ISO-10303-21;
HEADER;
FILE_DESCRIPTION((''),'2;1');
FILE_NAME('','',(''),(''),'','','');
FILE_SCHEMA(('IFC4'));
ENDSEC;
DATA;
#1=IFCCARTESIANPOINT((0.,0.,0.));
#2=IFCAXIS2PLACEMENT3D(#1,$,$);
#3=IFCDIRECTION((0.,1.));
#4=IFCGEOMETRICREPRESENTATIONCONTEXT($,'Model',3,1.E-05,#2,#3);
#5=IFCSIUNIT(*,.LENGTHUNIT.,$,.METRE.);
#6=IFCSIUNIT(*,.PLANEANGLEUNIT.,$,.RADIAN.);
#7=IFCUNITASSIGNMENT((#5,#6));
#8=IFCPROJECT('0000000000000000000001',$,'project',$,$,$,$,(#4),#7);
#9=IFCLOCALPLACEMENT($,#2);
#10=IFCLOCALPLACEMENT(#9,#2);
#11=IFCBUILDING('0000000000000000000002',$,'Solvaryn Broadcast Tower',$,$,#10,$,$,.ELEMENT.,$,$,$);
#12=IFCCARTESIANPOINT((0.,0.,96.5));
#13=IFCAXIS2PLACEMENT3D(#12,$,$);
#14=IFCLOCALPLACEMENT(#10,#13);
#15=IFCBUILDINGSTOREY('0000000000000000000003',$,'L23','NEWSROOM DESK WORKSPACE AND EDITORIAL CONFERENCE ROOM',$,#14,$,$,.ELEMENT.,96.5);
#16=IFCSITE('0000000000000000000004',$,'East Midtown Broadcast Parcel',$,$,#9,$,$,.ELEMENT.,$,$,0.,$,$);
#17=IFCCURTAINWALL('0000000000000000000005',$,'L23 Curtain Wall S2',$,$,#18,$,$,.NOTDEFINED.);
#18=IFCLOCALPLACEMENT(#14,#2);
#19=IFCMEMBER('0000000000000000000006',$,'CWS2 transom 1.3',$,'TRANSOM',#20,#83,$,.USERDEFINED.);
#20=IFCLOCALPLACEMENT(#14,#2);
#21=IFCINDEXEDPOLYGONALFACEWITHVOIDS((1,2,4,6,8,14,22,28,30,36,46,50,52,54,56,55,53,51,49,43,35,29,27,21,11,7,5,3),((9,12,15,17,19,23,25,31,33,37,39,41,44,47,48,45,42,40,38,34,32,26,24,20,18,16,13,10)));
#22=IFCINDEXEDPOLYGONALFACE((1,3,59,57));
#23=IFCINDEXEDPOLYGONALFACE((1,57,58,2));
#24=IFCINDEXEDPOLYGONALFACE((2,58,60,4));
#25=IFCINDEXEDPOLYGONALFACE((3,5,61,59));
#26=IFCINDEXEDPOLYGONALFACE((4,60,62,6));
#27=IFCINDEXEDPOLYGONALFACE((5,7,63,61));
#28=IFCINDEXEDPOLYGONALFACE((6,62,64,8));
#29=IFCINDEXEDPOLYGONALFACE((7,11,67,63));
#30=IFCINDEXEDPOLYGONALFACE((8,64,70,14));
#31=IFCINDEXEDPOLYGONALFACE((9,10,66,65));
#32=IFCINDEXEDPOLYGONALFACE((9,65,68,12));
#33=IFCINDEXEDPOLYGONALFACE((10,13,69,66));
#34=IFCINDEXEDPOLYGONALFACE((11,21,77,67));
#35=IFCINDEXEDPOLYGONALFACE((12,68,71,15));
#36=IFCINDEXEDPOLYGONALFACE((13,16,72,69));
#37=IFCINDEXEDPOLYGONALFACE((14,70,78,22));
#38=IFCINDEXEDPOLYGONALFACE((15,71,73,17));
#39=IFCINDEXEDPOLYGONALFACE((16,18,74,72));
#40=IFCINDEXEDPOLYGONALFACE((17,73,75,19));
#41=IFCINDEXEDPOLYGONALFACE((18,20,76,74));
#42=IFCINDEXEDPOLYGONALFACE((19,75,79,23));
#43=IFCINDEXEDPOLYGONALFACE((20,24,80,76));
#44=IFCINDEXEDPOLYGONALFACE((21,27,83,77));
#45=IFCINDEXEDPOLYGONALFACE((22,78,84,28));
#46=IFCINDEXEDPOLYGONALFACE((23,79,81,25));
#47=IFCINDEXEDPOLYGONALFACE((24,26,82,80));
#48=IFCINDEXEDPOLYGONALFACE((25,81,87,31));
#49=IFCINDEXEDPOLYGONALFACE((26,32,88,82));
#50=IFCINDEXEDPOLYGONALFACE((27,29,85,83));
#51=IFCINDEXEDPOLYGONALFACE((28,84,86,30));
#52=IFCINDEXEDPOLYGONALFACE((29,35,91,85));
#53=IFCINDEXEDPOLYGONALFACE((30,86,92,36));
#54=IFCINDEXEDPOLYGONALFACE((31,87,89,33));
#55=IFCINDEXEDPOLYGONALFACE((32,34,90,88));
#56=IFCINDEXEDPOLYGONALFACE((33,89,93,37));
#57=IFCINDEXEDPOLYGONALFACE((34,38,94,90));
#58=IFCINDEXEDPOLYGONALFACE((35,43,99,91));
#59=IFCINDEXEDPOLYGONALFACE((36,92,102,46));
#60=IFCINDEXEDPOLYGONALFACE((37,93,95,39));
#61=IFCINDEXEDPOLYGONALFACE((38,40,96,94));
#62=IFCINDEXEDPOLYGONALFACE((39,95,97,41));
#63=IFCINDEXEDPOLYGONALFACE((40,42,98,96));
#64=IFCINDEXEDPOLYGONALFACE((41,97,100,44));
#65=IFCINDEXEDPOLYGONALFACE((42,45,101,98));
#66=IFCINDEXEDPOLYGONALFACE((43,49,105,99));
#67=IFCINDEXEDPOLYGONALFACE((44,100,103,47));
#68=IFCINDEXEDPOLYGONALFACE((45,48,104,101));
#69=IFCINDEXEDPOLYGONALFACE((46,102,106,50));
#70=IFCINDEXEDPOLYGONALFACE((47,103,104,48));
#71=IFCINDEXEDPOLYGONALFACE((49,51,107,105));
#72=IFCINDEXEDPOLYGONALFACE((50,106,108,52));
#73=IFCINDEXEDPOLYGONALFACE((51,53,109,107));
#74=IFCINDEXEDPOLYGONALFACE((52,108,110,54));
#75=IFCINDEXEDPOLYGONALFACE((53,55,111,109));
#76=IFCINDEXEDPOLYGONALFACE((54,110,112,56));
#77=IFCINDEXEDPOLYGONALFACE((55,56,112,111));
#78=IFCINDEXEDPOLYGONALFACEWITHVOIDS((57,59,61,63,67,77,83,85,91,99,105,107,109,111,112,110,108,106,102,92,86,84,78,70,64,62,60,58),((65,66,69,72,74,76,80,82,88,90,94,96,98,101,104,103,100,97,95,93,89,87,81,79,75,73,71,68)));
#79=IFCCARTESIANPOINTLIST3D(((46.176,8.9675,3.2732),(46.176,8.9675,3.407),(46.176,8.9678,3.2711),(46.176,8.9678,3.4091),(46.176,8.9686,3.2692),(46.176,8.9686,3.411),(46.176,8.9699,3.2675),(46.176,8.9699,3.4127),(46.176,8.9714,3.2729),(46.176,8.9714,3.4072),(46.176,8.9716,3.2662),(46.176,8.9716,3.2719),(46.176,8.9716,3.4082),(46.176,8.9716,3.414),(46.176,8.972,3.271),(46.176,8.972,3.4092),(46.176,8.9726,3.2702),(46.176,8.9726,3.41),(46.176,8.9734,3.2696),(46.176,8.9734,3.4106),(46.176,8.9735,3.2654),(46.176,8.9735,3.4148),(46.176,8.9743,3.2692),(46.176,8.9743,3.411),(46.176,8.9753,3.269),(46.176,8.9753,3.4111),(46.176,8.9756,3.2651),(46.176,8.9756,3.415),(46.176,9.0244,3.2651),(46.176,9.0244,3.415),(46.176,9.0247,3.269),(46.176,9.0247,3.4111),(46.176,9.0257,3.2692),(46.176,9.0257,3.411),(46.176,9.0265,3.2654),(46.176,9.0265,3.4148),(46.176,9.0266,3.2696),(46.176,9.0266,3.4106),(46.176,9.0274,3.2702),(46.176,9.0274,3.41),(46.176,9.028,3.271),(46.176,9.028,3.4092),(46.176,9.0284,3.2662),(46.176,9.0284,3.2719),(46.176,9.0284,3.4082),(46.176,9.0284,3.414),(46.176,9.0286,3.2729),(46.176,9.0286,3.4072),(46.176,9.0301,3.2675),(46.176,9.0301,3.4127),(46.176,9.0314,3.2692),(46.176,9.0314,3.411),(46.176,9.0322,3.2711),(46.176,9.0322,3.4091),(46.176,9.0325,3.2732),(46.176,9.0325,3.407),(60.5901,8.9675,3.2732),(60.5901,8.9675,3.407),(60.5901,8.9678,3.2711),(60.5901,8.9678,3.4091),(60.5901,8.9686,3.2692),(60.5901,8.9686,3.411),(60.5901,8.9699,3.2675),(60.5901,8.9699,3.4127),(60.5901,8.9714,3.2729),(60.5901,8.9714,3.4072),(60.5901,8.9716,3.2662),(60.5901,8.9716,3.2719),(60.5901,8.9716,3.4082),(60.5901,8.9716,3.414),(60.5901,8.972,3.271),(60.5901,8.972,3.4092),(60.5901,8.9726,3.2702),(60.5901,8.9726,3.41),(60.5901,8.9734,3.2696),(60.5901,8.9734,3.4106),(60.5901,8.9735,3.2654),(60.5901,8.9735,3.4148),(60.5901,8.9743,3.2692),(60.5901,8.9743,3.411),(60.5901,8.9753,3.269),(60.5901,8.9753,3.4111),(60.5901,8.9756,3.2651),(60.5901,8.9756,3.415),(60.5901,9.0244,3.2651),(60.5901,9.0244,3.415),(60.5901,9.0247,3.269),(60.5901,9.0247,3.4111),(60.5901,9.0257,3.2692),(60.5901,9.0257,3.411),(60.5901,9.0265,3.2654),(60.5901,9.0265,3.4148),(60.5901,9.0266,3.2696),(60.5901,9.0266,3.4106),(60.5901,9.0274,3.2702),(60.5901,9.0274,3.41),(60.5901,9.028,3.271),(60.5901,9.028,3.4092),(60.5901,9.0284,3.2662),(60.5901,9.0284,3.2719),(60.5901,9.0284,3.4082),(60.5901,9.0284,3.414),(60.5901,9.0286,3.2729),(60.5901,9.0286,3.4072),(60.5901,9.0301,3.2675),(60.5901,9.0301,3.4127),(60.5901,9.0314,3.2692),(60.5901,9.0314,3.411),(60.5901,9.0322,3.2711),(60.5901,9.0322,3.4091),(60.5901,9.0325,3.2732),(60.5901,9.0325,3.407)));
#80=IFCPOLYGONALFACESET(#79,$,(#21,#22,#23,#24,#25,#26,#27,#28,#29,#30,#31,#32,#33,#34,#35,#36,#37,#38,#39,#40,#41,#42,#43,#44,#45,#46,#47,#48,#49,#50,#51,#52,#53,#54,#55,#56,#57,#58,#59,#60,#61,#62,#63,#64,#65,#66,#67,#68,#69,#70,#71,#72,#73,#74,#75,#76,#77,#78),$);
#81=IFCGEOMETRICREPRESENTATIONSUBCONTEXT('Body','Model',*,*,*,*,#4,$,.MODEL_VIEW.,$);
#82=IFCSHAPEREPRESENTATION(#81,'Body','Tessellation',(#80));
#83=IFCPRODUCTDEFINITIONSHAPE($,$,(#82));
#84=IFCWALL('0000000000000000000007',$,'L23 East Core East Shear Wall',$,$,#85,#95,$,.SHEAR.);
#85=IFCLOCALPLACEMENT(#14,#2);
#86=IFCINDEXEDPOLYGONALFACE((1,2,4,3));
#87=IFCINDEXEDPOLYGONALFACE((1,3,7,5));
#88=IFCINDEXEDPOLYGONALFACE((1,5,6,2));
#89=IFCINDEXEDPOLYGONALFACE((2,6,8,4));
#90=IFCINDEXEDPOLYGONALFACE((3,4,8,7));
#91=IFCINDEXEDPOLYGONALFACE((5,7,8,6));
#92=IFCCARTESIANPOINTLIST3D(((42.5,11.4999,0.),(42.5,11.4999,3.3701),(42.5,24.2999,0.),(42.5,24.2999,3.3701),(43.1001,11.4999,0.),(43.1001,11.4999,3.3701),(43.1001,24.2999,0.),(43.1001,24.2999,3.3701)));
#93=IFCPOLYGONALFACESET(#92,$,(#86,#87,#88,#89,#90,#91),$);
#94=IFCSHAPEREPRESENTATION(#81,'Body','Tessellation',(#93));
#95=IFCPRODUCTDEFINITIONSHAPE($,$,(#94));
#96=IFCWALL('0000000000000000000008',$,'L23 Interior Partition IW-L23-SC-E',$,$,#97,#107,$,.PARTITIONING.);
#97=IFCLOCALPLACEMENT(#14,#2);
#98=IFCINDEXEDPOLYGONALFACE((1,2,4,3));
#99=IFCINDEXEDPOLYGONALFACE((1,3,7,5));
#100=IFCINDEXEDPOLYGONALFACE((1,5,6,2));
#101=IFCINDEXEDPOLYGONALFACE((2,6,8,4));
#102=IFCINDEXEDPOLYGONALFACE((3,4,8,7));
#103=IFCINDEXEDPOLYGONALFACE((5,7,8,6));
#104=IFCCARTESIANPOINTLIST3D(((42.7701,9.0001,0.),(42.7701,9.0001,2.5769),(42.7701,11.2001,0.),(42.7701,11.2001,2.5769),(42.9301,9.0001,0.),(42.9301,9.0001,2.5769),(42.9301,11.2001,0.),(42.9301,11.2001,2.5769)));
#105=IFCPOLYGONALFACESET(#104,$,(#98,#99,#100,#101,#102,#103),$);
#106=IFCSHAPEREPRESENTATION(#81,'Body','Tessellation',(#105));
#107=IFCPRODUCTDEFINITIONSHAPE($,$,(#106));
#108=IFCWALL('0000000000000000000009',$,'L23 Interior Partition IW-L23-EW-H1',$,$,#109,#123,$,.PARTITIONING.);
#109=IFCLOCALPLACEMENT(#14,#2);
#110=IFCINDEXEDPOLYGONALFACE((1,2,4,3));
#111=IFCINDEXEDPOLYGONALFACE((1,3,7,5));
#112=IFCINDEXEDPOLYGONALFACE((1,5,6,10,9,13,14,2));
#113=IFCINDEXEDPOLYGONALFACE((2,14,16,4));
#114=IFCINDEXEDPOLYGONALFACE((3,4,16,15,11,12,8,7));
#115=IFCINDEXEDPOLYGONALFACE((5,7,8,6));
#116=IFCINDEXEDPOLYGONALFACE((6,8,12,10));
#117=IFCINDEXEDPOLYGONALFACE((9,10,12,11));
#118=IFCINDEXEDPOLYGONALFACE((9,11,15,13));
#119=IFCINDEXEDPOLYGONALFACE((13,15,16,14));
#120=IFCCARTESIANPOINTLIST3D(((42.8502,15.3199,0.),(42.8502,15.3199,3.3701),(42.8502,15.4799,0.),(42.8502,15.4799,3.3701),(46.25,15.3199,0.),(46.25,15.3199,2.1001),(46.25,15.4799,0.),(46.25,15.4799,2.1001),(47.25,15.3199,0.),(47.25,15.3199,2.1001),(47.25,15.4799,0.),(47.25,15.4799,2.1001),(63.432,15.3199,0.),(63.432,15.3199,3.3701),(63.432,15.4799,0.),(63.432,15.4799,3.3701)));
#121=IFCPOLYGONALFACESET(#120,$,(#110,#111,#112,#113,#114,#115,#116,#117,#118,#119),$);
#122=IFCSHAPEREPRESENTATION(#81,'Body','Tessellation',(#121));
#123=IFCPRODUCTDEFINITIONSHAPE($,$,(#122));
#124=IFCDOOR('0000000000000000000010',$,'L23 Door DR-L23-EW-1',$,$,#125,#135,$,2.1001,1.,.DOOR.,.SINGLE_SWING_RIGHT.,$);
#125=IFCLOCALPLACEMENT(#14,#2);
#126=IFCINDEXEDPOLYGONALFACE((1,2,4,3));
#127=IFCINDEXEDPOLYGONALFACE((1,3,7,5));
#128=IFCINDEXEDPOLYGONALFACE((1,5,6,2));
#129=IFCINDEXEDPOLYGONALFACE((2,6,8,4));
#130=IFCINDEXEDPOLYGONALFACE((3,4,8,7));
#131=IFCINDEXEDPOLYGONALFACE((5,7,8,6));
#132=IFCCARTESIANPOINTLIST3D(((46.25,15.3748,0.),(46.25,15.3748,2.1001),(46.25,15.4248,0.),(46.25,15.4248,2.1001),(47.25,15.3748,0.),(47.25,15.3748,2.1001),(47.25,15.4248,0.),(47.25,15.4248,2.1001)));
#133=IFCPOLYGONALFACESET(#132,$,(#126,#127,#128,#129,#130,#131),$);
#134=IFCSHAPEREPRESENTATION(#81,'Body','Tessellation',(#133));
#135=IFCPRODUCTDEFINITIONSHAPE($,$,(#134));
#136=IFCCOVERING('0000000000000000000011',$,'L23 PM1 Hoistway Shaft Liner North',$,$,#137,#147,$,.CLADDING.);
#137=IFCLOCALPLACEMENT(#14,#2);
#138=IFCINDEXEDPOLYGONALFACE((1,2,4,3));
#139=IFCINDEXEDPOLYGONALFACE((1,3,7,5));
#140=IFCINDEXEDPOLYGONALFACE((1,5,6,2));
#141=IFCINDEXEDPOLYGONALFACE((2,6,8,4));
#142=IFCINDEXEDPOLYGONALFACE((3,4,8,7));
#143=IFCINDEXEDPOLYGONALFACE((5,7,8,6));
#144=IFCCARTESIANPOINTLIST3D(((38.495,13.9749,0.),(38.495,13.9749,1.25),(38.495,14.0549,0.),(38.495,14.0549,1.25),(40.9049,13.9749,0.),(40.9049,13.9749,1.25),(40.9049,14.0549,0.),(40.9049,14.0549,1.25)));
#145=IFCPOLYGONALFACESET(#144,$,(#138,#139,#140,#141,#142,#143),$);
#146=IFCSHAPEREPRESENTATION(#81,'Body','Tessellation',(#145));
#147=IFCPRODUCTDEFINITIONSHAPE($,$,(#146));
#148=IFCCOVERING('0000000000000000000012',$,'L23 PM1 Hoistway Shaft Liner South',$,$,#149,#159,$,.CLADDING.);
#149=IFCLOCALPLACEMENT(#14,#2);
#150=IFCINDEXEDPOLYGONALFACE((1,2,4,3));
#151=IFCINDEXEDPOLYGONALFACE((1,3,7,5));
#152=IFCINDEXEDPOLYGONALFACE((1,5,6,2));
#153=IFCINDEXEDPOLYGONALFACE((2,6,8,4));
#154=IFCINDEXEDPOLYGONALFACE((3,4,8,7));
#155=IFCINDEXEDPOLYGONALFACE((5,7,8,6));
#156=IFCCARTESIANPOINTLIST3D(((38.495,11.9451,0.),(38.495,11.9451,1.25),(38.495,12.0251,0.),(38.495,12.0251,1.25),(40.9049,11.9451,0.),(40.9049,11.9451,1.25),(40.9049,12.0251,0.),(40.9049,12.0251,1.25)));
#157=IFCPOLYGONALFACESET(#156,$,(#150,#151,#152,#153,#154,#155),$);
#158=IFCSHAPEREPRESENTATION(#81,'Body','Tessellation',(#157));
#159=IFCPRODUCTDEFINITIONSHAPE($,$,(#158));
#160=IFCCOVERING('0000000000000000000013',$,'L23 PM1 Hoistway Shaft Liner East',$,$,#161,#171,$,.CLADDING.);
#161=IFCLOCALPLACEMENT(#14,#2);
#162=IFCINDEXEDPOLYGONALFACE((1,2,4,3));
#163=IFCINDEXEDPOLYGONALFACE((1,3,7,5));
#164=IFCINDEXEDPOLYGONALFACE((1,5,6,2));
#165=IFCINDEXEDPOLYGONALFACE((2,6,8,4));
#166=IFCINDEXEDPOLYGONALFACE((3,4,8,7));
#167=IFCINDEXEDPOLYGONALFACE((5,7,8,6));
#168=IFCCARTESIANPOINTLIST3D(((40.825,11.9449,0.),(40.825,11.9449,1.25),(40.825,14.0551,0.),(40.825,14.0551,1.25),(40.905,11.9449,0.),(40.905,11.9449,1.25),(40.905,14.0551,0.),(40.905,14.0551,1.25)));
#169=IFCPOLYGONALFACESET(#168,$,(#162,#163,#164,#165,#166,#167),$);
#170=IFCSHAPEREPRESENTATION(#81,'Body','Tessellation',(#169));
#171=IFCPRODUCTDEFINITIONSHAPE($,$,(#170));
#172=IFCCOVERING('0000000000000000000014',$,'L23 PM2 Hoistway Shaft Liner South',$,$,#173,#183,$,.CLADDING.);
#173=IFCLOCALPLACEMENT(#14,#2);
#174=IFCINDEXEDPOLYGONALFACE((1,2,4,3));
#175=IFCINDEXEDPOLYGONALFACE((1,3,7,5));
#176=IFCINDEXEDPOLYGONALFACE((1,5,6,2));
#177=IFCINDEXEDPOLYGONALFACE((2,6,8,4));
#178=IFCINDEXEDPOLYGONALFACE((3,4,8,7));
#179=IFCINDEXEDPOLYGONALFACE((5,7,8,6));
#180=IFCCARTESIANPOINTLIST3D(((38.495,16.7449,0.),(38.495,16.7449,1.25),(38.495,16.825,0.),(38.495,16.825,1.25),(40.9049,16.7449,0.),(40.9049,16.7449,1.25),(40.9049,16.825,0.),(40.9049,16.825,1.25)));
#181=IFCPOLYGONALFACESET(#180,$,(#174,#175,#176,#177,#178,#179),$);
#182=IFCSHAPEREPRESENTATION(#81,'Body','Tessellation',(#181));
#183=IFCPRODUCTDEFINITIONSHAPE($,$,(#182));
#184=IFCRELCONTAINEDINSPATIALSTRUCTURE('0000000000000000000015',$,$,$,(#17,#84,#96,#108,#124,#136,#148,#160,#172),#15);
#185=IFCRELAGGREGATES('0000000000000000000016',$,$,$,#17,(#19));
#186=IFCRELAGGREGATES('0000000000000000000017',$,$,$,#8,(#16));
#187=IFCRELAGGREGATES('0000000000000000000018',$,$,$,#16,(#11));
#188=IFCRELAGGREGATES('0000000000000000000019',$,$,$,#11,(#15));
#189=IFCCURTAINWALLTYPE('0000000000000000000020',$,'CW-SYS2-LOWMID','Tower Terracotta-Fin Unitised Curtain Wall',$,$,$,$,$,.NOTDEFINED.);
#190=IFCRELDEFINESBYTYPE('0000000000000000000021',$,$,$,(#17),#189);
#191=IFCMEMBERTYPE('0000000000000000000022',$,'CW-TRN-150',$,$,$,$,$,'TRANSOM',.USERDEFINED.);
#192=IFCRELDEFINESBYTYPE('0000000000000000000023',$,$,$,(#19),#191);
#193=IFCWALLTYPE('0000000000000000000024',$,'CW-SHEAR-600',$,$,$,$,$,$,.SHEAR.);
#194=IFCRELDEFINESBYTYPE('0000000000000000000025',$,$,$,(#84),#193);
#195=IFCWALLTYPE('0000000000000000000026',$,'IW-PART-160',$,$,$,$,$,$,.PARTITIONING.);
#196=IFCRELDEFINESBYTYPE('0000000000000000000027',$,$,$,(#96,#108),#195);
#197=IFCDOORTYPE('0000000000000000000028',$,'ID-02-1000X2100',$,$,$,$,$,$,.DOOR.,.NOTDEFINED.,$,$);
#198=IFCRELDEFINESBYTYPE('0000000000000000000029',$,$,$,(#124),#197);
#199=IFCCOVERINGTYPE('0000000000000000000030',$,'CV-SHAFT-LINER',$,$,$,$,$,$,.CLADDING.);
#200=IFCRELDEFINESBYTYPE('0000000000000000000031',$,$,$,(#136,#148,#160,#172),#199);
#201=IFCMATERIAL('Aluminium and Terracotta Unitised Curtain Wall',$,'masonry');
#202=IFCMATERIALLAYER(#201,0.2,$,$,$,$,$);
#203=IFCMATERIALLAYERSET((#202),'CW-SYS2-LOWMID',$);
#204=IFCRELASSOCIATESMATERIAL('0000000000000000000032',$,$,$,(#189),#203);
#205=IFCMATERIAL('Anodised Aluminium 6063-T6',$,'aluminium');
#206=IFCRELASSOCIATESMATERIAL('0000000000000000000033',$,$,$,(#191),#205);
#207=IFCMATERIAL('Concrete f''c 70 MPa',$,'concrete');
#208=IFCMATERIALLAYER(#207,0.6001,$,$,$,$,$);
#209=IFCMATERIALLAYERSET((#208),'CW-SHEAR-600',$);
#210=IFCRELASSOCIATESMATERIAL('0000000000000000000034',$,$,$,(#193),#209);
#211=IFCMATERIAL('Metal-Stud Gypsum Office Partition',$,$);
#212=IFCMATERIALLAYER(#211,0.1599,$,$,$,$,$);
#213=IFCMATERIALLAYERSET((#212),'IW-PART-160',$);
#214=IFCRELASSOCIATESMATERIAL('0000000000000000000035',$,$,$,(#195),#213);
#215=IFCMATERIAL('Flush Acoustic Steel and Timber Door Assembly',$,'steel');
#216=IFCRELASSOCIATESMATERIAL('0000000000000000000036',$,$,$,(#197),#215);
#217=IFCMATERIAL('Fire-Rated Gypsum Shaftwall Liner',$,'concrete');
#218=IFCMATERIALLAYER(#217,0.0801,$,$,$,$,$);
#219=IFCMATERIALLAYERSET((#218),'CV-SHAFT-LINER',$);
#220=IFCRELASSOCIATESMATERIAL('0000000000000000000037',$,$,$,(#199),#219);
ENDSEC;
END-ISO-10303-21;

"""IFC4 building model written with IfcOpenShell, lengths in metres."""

from ifc_helpers import new_model, si_unit, direction, frame, frame_2d, origin, origin_2d, place, context, subcontext, project, spatial, rectangle, hollow_rectangle, extrude, material, layer, layer_set, material_profile, profile_set, type_object, element, fill, aggregate, save


model = new_model("IFC4")

# Units and contexts
model_context = context("Model", 3, precision=1e-05, world=origin(), true_north=direction((0.0, 1.0)))
body_context = subcontext(model_context, "Body", "Model", "MODEL_VIEW")
ifc_project = project(units=[si_unit("LENGTHUNIT", "METRE"), si_unit("PLANEANGLEUNIT", "RADIAN")], contexts=[model_context])

# Site, building, storey
site_placement = place(None, origin())
site = spatial("IfcSite", under=ifc_project, at=site_placement, Name="East Midtown Broadcast Parcel", CompositionType="ELEMENT", RefElevation=0.0)
building_placement = place(site_placement, origin())
building = spatial("IfcBuilding", under=site, at=building_placement, Name="Solvaryn Broadcast Tower", CompositionType="ELEMENT")
storey_placement = place(building_placement, frame((0.0, 0.0, 96.5)))
storey = spatial("IfcBuildingStorey", under=building, at=storey_placement, Name="L23", Description="NEWSROOM DESK WORKSPACE AND EDITORIAL CONFERENCE ROOM", CompositionType="ELEMENT", Elevation=96.5)

# Shared definitions
ifc_material_1 = material(Name="Aluminium and Terracotta Unitised Curtain Wall", Category="masonry")
ifc_layer_1 = layer(ifc_material_1, 0.2)
ifc_layer_set_1 = layer_set([ifc_layer_1], Name="CW-SYS2-LOWMID")
curtain_wall_type = type_object("IfcCurtainWallType", Name="CW-SYS2-LOWMID", Description="Tower Terracotta-Fin Unitised Curtain Wall", PredefinedType="NOTDEFINED", material=ifc_layer_set_1)

# Curtain wall, member
curtain_wall_1_placement = place(storey_placement, origin())
curtain_wall_1 = element("IfcCurtainWall", 1, at=curtain_wall_1_placement, inside=storey, type_object=curtain_wall_type, Name="L23 Curtain Wall S2", PredefinedType="NOTDEFINED")
ifc_material_2 = material(Name="Anodised Aluminium 6063-T6", Category="aluminium")
ifc_material_profile_1 = material_profile(ifc_material_2, hollow_rectangle(XDim=0.0649, YDim=0.1499, WallThickness=0.0039, InnerFilletRadius=0.0039, OuterFilletRadius=0.0081, at=origin_2d()))
ifc_profile_set_1 = profile_set([ifc_material_profile_1], Name="Anodised Aluminium 6063-T6")
member_type_1 = type_object("IfcMemberType", Name="CW-TRN-150", ElementType="TRANSOM", PredefinedType="USERDEFINED", material=ifc_profile_set_1)
member_1_placement = place(storey_placement, frame((46.176, 9.0, 3.3401), z_axis=(1.0, 0.0, 0.0), x_axis=(0.0, 1.0, 0.0)))
member_1 = element("IfcMember", 2, at=member_1_placement, type_object=member_type_1, Name="CWS2 transom 1.3", ObjectType="TRANSOM", PredefinedType="USERDEFINED", context=body_context, shape_type="SweptSolid", body=[
    extrude(hollow_rectangle(XDim=0.0649, YDim=0.1499, WallThickness=0.0039, InnerFilletRadius=0.0039, OuterFilletRadius=0.0081, at=origin_2d()), origin(), (0.0, 0.0, 1.0), 14.4141),
])
aggregate(curtain_wall_1, [member_1])

# Walls
ifc_material_3 = material(Name="Concrete f'c 70 MPa", Category="concrete")
ifc_layer_2 = layer(ifc_material_3, 0.6001)
ifc_layer_set_2 = layer_set([ifc_layer_2], Name="CW-SHEAR-600")
wall_type_1 = type_object("IfcWallType", Name="CW-SHEAR-600", PredefinedType="SHEAR", material=ifc_layer_set_2)
wall_1_placement = place(storey_placement, frame((42.8, 11.5, 0.0), z_axis=(0.0, 0.0, 1.0), x_axis=(0.0, 1.0, 0.0)))
element("IfcWall", 3, at=wall_1_placement, inside=storey, type_object=wall_type_1, Name="L23 East Core East Shear Wall", PredefinedType="SHEAR", context=body_context, shape_type="SweptSolid", body=[
    extrude(rectangle(XDim=12.8, YDim=0.6001, at=frame_2d((6.3999, 0.0))), origin(), (0.0, 0.0, 1.0), 3.3701),
])
ifc_material_4 = material(Name="Metal-Stud Gypsum Office Partition")
ifc_layer_3 = layer(ifc_material_4, 0.1599)
ifc_layer_set_3 = layer_set([ifc_layer_3], Name="IW-PART-160")
wall_type_2 = type_object("IfcWallType", Name="IW-PART-160", PredefinedType="PARTITIONING", material=ifc_layer_set_3)
wall_2_placement = place(storey_placement, frame((42.8501, 9.0, 0.0), z_axis=(0.0, 0.0, 1.0), x_axis=(0.0, 1.0, 0.0)))
element("IfcWall", 4, at=wall_2_placement, inside=storey, type_object=wall_type_2, Name="L23 Interior Partition IW-L23-SC-E", PredefinedType="PARTITIONING", context=body_context, shape_type="SweptSolid", body=[
    extrude(rectangle(XDim=2.2, YDim=0.1599, at=frame_2d((1.1001, 0.0))), origin(), (0.0, 0.0, 1.0), 2.5769),
])

# Wall, opening, door
wall_3_placement = place(storey_placement, frame((42.8501, 15.3999, 0.0), z_axis=(0.0, 0.0, 1.0), x_axis=(1.0, 0.0, 0.0)))
wall_3 = element("IfcWall", 5, at=wall_3_placement, inside=storey, type_object=wall_type_2, Name="L23 Interior Partition IW-L23-EW-H1", PredefinedType="PARTITIONING", context=body_context, shape_type="SweptSolid", body=[
    extrude(rectangle(XDim=20.5818, YDim=0.1599, at=frame_2d((10.291, 0.0))), origin(), (0.0, 0.0, 1.0), 3.3701),
])
opening_1_placement = place(wall_3_placement, frame((3.3999, 0.0, 0.0)))
opening_1 = element("IfcOpeningElement", 6, at=opening_1_placement, cuts=wall_3, PredefinedType="OPENING", context=body_context, shape_type="SweptSolid", body=[
    extrude(rectangle(XDim=1.0, YDim=2.1001, at=frame_2d((0.5, 1.05))), frame((0.0, 0.0901, 0.0), z_axis=(0.0, -1.0, 0.0), x_axis=(1.0, 0.0, 0.0)), (0.0, 0.0, 1.0), 0.1799),
])
ifc_material_5 = material(Name="Flush Acoustic Steel and Timber Door Assembly", Category="steel")
door_type_1 = type_object("IfcDoorType", Name="ID-02-1000X2100", OperationType="NOTDEFINED", PredefinedType="DOOR", material=ifc_material_5)
door_1_placement = place(opening_1_placement, origin())
door_1 = element("IfcDoor", 7, at=door_1_placement, inside=storey, type_object=door_type_1, Name="L23 Door DR-L23-EW-1", OperationType="SINGLE_SWING_RIGHT", OverallHeight=2.1001, OverallWidth=1.0, PredefinedType="DOOR", context=body_context, shape_type="SweptSolid", body=[
    extrude(rectangle(XDim=1.0, YDim=2.1001, at=frame_2d((0.5, 1.05))), frame((0.0, 0.0249, 0.0), z_axis=(0.0, -1.0, 0.0), x_axis=(1.0, 0.0, 0.0)), (0.0, 0.0, 1.0), 0.05),
])
fill(opening_1, door_1)

# Coverings
ifc_material_6 = material(Name="Fire-Rated Gypsum Shaftwall Liner", Category="concrete")
ifc_layer_4 = layer(ifc_material_6, 0.0801)
ifc_layer_set_4 = layer_set([ifc_layer_4], Name="CV-SHAFT-LINER")
covering_type_1 = type_object("IfcCoveringType", Name="CV-SHAFT-LINER", PredefinedType="CLADDING", material=ifc_layer_set_4)
for number, where, z_axis, x_axis, name in (
    (8, (39.7, 14.0149, 0.0), (0.0, 0.0, 1.0), (1.0, 0.0, 0.0), "L23 PM1 Hoistway Shaft Liner North"),
    (9, (39.7, 11.9851, 0.0), (0.0, 0.0, 1.0), (1.0, 0.0, 0.0), "L23 PM1 Hoistway Shaft Liner South"),
):
    element("IfcCovering", number, at=place(storey_placement, frame(where, z_axis=z_axis, x_axis=x_axis)), inside=storey, type_object=covering_type_1, Name=name, PredefinedType="CLADDING", context=body_context, shape_type="SweptSolid", body=[
        extrude(rectangle(XDim=2.4099, YDim=0.0801, at=origin_2d()), origin(), (0.0, 0.0, 1.0), 1.25),
    ])
covering_1_placement = place(storey_placement, frame((40.865, 13.0, 0.0), z_axis=(0.0, 0.0, 1.0), x_axis=(1.0, 0.0, 0.0)))
element("IfcCovering", 10, at=covering_1_placement, inside=storey, type_object=covering_type_1, Name="L23 PM1 Hoistway Shaft Liner East", PredefinedType="CLADDING", context=body_context, shape_type="SweptSolid", body=[
    extrude(rectangle(XDim=0.0801, YDim=2.1101, at=origin_2d()), origin(), (0.0, 0.0, 1.0), 1.25),
])
covering_2_placement = place(storey_placement, frame((39.7, 16.7849, 0.0), z_axis=(0.0, 0.0, 1.0), x_axis=(1.0, 0.0, 0.0)))
element("IfcCovering", 11, at=covering_2_placement, inside=storey, type_object=covering_type_1, Name="L23 PM2 Hoistway Shaft Liner South", PredefinedType="CLADDING", context=body_context, shape_type="SweptSolid", body=[
    extrude(rectangle(XDim=2.4099, YDim=0.0801, at=origin_2d()), origin(), (0.0, 0.0, 1.0), 1.25),
])

save(model, "model.ifc")
